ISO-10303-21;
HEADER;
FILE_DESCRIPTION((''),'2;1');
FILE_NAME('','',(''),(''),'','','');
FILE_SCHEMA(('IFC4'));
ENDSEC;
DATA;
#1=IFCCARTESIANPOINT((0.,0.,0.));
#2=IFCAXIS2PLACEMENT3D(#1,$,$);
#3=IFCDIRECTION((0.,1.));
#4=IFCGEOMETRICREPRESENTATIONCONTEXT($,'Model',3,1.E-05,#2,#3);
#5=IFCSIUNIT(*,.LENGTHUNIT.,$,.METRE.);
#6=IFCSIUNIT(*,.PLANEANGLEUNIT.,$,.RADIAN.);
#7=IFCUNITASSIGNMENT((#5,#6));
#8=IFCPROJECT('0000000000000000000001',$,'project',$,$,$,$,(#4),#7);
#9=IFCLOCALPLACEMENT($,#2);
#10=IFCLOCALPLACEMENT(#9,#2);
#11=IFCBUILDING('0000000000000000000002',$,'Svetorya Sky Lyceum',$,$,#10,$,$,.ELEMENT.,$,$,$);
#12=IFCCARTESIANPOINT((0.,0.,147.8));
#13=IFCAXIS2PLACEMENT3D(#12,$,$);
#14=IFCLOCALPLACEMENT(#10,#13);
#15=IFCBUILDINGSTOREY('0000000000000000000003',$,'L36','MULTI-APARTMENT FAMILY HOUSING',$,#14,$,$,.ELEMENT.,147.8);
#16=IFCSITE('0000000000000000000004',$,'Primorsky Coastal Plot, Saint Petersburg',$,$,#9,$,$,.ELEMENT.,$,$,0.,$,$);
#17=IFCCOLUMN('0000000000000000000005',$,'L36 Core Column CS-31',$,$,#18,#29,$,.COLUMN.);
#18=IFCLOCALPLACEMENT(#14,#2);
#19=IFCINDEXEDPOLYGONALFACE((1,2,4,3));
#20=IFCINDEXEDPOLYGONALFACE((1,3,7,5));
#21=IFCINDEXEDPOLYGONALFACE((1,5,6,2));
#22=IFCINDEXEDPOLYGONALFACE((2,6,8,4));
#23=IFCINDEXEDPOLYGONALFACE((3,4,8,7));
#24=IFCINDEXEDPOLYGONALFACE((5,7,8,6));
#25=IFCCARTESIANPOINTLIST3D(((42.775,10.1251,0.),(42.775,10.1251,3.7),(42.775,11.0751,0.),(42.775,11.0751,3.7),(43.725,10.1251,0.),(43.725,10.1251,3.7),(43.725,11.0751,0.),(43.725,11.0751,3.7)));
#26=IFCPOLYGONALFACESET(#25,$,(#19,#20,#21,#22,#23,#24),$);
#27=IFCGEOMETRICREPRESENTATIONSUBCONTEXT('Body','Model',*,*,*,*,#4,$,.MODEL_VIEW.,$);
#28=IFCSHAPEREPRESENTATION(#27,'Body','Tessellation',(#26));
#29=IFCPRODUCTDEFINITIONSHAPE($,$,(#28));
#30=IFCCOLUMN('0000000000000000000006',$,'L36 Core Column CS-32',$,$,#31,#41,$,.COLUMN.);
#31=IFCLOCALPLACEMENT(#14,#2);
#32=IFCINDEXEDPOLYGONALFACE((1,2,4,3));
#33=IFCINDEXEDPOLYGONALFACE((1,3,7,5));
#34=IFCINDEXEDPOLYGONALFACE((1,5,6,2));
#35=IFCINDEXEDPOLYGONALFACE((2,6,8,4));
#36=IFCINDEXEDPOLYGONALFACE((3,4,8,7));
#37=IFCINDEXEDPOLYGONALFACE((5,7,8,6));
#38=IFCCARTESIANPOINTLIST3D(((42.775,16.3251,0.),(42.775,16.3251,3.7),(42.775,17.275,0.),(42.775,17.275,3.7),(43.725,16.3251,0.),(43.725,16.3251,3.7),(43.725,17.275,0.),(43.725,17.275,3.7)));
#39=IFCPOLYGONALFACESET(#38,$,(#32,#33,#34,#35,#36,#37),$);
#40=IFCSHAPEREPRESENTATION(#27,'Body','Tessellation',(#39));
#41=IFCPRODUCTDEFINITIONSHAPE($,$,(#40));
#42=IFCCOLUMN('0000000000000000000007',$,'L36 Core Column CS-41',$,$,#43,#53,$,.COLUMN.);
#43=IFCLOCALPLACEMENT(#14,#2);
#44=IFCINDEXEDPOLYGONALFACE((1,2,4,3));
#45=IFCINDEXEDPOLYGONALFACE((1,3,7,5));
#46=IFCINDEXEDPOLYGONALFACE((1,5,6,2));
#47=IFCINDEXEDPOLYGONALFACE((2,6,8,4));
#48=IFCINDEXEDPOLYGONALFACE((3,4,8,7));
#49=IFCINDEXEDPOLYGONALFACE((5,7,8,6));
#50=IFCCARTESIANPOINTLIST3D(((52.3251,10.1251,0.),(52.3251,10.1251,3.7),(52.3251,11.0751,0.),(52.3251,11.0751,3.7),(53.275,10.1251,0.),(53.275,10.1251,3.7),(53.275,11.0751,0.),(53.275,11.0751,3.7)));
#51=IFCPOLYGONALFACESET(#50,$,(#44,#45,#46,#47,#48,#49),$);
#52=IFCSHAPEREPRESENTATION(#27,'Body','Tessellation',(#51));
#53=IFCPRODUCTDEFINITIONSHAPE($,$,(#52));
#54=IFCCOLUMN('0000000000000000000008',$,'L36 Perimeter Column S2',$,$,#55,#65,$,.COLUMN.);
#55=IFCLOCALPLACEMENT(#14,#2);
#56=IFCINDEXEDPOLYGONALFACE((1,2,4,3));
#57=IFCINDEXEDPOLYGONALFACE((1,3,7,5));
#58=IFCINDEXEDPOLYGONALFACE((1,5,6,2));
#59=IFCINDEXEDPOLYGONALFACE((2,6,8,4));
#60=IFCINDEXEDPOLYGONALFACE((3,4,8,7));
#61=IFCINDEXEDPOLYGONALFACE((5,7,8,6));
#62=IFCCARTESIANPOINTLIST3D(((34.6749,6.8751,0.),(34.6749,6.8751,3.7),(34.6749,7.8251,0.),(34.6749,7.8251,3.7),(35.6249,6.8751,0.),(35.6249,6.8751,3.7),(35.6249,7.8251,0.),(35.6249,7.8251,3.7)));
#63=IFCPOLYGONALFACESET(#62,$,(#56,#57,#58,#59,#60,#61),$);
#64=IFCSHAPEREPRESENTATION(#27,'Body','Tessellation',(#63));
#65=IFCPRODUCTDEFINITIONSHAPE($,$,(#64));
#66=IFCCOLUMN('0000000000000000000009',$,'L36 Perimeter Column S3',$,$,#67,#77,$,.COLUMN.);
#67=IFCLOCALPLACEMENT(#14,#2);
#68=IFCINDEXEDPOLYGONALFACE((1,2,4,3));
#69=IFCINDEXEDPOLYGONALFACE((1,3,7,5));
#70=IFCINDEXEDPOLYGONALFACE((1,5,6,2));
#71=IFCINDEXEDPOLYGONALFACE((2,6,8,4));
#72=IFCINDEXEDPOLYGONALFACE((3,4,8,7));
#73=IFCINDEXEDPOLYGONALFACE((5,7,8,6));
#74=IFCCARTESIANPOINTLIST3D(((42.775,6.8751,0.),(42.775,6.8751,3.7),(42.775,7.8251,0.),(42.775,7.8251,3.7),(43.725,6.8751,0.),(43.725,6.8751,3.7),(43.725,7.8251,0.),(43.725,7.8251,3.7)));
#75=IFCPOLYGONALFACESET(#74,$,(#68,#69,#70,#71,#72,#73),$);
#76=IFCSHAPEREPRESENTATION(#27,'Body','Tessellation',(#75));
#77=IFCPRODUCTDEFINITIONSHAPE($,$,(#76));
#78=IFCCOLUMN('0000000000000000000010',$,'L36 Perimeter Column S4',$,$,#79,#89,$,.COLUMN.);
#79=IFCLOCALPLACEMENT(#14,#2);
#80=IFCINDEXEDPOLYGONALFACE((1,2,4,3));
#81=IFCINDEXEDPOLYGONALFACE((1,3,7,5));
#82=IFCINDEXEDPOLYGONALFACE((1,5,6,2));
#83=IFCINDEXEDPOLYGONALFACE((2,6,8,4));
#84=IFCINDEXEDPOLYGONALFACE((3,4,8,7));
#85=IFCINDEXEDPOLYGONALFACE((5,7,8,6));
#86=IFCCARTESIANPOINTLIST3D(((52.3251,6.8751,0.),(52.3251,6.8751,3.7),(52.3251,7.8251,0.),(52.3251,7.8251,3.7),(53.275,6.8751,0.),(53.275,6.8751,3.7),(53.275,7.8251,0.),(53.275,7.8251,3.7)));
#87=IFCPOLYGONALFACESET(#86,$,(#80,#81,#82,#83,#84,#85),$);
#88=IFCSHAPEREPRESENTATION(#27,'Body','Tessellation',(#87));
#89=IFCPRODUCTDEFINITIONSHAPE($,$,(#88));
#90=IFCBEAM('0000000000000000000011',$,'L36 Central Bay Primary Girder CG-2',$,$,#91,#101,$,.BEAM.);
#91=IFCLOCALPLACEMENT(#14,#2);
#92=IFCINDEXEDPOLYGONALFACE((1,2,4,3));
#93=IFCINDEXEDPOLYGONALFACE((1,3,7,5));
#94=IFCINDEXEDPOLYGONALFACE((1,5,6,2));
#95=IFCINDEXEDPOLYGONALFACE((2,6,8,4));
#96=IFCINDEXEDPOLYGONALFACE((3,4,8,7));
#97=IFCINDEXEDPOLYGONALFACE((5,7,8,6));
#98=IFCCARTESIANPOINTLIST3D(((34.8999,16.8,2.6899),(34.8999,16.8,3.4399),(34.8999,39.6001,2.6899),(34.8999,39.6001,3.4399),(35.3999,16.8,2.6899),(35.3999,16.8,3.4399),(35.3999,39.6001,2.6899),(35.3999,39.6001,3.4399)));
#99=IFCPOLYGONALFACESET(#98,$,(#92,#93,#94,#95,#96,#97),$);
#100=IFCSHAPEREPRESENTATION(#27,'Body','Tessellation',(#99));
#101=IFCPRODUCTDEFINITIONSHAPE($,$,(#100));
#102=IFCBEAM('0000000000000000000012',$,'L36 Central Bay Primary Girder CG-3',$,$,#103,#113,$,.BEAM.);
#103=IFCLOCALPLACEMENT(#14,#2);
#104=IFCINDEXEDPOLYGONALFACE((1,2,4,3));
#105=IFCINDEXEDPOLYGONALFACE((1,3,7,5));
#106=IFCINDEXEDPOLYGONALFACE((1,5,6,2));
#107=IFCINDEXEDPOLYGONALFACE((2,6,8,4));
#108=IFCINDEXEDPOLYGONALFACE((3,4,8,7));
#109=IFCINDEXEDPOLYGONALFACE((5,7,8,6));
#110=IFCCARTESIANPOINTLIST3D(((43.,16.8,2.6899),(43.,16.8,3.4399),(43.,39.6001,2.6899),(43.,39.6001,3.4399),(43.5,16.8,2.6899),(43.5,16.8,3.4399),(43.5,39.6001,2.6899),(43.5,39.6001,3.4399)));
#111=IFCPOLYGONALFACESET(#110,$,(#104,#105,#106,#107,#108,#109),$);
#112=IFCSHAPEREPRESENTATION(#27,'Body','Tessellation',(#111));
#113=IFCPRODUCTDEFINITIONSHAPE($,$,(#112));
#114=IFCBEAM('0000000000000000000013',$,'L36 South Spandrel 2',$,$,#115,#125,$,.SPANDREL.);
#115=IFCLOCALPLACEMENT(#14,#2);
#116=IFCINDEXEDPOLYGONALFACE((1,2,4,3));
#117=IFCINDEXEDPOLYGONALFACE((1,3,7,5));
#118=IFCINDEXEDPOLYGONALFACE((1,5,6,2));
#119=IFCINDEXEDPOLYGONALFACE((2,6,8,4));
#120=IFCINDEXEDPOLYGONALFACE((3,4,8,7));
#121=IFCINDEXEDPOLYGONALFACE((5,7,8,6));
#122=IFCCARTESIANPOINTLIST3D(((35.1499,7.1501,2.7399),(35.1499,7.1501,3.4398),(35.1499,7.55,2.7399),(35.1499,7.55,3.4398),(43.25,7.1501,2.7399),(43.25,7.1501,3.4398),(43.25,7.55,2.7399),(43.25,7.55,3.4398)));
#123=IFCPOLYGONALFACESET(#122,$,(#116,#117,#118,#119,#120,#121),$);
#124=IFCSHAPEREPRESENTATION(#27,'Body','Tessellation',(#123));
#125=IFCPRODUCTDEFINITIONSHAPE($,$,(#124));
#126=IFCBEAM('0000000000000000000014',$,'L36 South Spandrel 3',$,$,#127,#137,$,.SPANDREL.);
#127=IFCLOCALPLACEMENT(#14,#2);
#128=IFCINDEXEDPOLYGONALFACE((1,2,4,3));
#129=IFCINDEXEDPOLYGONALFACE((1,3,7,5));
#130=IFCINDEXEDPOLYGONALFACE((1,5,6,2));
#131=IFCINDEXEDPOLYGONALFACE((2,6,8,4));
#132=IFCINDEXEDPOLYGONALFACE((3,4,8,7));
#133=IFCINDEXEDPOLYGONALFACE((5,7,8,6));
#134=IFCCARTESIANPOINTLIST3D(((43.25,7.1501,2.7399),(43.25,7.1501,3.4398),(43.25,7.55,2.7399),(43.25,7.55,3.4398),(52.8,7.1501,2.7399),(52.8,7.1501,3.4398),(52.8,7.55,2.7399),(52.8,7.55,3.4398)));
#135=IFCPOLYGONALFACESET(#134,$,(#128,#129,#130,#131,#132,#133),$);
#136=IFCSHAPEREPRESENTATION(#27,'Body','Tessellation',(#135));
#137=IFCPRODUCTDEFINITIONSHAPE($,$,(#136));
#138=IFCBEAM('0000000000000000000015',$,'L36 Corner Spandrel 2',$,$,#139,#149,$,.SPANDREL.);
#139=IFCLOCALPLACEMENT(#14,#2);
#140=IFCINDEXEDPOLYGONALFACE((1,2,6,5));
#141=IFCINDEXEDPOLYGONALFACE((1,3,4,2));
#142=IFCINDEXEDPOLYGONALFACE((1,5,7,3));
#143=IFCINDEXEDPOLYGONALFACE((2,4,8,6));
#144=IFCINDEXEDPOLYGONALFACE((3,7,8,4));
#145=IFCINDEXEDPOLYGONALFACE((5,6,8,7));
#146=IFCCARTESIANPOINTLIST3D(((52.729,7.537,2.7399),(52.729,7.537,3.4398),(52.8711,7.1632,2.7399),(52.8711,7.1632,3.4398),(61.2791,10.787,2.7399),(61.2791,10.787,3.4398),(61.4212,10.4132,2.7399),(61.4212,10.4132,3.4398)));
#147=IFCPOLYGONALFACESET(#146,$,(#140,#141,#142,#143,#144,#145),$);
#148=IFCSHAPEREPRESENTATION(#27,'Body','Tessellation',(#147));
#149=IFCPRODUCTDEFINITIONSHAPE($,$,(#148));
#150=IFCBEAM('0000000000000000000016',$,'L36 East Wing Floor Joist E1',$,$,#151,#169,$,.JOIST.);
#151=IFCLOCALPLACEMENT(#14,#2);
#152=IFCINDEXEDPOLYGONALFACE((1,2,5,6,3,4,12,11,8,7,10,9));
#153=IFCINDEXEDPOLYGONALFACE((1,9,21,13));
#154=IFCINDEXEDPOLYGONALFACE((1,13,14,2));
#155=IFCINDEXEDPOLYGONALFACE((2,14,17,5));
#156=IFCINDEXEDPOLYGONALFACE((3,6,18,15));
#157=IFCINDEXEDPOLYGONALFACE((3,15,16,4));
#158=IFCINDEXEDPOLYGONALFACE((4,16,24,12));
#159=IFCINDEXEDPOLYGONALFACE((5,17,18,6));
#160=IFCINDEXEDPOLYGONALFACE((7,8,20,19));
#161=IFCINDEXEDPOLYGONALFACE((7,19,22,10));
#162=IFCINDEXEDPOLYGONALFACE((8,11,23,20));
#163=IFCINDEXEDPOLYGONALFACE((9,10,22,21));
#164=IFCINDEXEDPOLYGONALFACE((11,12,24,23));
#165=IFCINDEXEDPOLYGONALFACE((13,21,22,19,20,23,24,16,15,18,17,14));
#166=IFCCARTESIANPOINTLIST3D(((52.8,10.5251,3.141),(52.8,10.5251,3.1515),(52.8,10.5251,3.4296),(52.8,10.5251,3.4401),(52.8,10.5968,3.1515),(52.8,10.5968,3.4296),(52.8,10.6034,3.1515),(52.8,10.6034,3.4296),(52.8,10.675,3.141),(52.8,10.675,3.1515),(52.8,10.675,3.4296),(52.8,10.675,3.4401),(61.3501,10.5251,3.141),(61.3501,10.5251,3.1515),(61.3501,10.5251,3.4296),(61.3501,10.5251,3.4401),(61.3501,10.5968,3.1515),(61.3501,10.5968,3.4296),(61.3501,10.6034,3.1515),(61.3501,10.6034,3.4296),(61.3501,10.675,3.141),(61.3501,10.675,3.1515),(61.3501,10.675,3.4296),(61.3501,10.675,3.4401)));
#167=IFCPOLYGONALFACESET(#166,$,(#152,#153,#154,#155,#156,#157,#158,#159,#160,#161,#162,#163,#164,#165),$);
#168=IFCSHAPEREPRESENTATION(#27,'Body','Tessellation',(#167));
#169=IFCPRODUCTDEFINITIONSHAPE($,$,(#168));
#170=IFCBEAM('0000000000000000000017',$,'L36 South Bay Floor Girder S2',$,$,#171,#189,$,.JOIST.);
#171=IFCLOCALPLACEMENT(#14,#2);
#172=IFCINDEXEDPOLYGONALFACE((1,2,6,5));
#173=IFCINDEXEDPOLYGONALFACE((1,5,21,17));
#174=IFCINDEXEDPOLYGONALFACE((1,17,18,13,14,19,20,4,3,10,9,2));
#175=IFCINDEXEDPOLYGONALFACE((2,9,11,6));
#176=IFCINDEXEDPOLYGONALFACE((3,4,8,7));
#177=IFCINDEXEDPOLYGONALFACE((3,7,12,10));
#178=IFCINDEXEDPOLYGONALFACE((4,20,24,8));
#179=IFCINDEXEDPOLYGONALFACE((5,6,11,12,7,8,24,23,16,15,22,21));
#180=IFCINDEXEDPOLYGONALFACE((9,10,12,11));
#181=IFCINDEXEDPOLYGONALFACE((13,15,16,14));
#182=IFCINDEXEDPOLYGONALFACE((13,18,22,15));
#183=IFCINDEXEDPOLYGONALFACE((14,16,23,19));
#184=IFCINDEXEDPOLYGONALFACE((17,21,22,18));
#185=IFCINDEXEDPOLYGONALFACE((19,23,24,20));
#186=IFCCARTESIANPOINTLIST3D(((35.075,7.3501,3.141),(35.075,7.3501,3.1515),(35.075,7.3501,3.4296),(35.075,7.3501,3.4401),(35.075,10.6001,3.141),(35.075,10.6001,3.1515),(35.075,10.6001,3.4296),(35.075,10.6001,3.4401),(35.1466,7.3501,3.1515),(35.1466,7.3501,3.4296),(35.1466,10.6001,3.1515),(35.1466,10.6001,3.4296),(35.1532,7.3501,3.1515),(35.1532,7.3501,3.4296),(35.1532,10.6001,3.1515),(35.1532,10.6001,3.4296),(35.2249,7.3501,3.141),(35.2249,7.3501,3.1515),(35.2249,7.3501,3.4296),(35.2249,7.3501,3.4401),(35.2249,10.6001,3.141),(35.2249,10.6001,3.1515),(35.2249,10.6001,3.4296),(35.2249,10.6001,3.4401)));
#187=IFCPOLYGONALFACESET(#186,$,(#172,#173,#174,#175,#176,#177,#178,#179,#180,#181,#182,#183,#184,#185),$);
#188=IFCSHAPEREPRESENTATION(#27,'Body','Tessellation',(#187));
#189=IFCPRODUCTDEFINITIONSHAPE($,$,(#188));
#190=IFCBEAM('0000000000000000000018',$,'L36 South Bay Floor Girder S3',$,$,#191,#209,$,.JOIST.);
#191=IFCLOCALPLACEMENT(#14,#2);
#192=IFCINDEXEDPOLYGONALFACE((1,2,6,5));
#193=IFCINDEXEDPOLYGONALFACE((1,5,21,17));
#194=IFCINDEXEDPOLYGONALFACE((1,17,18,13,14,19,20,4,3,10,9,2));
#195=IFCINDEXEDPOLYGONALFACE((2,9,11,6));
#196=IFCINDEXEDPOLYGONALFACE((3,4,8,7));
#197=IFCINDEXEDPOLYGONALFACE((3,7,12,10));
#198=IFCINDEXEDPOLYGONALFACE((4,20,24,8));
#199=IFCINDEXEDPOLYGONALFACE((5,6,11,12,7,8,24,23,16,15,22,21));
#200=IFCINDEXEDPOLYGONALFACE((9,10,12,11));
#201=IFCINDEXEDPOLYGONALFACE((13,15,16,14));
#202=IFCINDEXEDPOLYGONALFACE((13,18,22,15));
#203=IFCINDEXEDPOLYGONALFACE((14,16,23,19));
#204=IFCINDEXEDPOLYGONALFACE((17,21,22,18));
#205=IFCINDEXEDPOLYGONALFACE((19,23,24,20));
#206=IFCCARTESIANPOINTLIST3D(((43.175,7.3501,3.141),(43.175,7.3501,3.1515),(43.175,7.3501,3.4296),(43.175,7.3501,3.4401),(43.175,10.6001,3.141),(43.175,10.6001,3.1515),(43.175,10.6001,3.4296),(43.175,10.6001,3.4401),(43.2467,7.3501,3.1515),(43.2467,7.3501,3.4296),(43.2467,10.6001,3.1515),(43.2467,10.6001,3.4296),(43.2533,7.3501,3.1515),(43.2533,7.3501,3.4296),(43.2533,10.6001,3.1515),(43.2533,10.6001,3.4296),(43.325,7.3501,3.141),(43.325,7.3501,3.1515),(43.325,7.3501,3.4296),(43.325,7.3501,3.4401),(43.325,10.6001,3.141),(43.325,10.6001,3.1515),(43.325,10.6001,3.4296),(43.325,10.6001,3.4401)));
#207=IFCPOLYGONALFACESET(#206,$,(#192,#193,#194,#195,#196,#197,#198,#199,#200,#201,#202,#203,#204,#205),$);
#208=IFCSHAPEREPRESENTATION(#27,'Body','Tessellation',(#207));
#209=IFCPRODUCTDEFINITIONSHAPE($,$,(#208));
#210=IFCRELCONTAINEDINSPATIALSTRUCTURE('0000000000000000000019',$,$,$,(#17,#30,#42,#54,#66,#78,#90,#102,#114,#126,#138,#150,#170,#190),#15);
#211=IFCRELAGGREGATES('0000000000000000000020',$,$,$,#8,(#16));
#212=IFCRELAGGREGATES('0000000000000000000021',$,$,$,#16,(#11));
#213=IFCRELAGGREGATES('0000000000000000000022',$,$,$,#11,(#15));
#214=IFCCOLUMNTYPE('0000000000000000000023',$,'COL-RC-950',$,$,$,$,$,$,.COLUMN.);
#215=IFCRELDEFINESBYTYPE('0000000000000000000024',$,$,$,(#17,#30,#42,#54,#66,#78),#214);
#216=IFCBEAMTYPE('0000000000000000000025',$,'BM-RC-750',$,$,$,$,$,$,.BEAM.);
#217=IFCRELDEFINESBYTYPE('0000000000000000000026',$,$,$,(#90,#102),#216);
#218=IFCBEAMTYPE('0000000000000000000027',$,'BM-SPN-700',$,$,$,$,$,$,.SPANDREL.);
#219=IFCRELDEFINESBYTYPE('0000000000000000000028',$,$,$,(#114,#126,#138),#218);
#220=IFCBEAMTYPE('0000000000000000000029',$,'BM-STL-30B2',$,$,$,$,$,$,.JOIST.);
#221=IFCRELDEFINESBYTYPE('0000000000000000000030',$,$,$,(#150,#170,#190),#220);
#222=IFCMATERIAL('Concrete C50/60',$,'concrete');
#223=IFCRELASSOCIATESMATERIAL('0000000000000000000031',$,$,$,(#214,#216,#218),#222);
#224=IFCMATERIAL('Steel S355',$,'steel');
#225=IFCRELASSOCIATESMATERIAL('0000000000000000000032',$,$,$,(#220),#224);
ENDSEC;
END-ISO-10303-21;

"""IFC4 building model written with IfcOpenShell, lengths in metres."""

from ifc_helpers import new_model, si_unit, direction, frame, origin, origin_2d, place, context, subcontext, project, spatial, rectangle, i_section, extrude, material, material_profile, profile_set, type_object, element, save


model = new_model("IFC4")

# Units and contexts
model_context = context("Model", 3, precision=1e-05, world=origin(), true_north=direction((0.0, 1.0)))
body_context = subcontext(model_context, "Body", "Model", "MODEL_VIEW")
ifc_project = project(units=[si_unit("LENGTHUNIT", "METRE"), si_unit("PLANEANGLEUNIT", "RADIAN")], contexts=[model_context])

# Site, building, storey
site_placement = place(None, origin())
site = spatial("IfcSite", under=ifc_project, at=site_placement, Name="Primorsky Coastal Plot, Saint Petersburg", CompositionType="ELEMENT", RefElevation=0.0)
building_placement = place(site_placement, origin())
building = spatial("IfcBuilding", under=site, at=building_placement, Name="Svetorya Sky Lyceum", CompositionType="ELEMENT")
storey_placement = place(building_placement, frame((0.0, 0.0, 147.8)))
storey = spatial("IfcBuildingStorey", under=building, at=storey_placement, Name="L36", Description="MULTI-APARTMENT FAMILY HOUSING", CompositionType="ELEMENT", Elevation=147.8)

# Columns
ifc_material_1 = material(Name="Concrete C50/60", Category="concrete")
ifc_material_profile_1 = material_profile(ifc_material_1, rectangle(XDim=0.95, YDim=0.95, at=origin_2d()), Name="RC COL 950x950")
ifc_profile_set_1 = profile_set([ifc_material_profile_1], Name="Concrete C50/60")
column_type = type_object("IfcColumnType", Name="COL-RC-950", PredefinedType="COLUMN", material=ifc_profile_set_1)
for number, where, z_axis, x_axis, name in (
    (1, (43.25, 10.6001, 0.0), (0.0, 0.0, 1.0), (1.0, 0.0, 0.0), "L36 Core Column CS-31"),
    (2, (43.25, 16.8, 0.0), (0.0, 0.0, 1.0), (1.0, 0.0, 0.0), "L36 Core Column CS-32"),
    (3, (52.8, 10.6001, 0.0), (0.0, 0.0, 1.0), (1.0, 0.0, 0.0), "L36 Core Column CS-41"),
    (4, (35.1499, 7.3501, 0.0), (0.0, 0.0, 1.0), (1.0, 0.0, 0.0), "L36 Perimeter Column S2"),
    (5, (43.25, 7.3501, 0.0), (0.0, 0.0, 1.0), (1.0, 0.0, 0.0), "L36 Perimeter Column S3"),
    (6, (52.8, 7.3501, 0.0), (0.0, 0.0, 1.0), (1.0, 0.0, 0.0), "L36 Perimeter Column S4"),
):
    element("IfcColumn", number, at=place(storey_placement, frame(where, z_axis=z_axis, x_axis=x_axis)), inside=storey, type_object=column_type, Name=name, PredefinedType="COLUMN", context=body_context, shape_type="SweptSolid", body=[
        extrude(rectangle(XDim=0.95, YDim=0.95, at=origin_2d()), origin(), (0.0, 0.0, 1.0), 3.7),
    ])

# Beams
ifc_material_profile_2 = material_profile(ifc_material_1, rectangle(XDim=0.5, YDim=0.75, at=origin_2d()), Name="RC BEAM 500x750")
ifc_profile_set_2 = profile_set([ifc_material_profile_2], Name="Concrete C50/60")
beam_type_1 = type_object("IfcBeamType", Name="BM-RC-750", PredefinedType="BEAM", material=ifc_profile_set_2)
for number, where, z_axis, x_axis, name in (
    (7, (35.1499, 16.8, 3.0649), (0.0, 1.0, 0.0), (-1.0, 0.0, 0.0), "L36 Central Bay Primary Girder CG-2"),
    (8, (43.25, 16.8, 3.0649), (0.0, 1.0, 0.0), (-1.0, 0.0, 0.0), "L36 Central Bay Primary Girder CG-3"),
):
    element("IfcBeam", number, at=place(storey_placement, frame(where, z_axis=z_axis, x_axis=x_axis)), inside=storey, type_object=beam_type_1, Name=name, PredefinedType="BEAM", context=body_context, shape_type="SweptSolid", body=[
        extrude(rectangle(XDim=0.5, YDim=0.75, at=origin_2d()), origin(), (0.0, 0.0, 1.0), 22.8),
    ])
ifc_material_profile_3 = material_profile(ifc_material_1, rectangle(XDim=0.3999, YDim=0.7, at=origin_2d()), Name="RC SPANDREL 400x700")
ifc_profile_set_3 = profile_set([ifc_material_profile_3], Name="Concrete C50/60")
beam_type_2 = type_object("IfcBeamType", Name="BM-SPN-700", PredefinedType="SPANDREL", material=ifc_profile_set_3)
beam_1_placement = place(storey_placement, frame((35.1499, 7.3501, 3.0898), z_axis=(1.0, 0.0, 0.0), x_axis=(0.0, 1.0, 0.0)))
element("IfcBeam", 9, at=beam_1_placement, inside=storey, type_object=beam_type_2, Name="L36 South Spandrel 2", PredefinedType="SPANDREL", context=body_context, shape_type="SweptSolid", body=[
    extrude(rectangle(XDim=0.3999, YDim=0.7, at=origin_2d()), origin(), (0.0, 0.0, 1.0), 8.1001),
])
beam_2_placement = place(storey_placement, frame((43.25, 7.3501, 3.0898), z_axis=(1.0, 0.0, 0.0), x_axis=(0.0, 1.0, 0.0)))
element("IfcBeam", 10, at=beam_2_placement, inside=storey, type_object=beam_type_2, Name="L36 South Spandrel 3", PredefinedType="SPANDREL", context=body_context, shape_type="SweptSolid", body=[
    extrude(rectangle(XDim=0.3999, YDim=0.7, at=origin_2d()), origin(), (0.0, 0.0, 1.0), 9.55),
])
beam_3_placement = place(storey_placement, frame((52.8, 7.3501, 3.0898), z_axis=(0.934748, 0.355312, 0.0), x_axis=(-0.355312, 0.934748, 0.0)))
element("IfcBeam", 11, at=beam_3_placement, inside=storey, type_object=beam_type_2, Name="L36 Corner Spandrel 2", PredefinedType="SPANDREL", context=body_context, shape_type="SweptSolid", body=[
    extrude(rectangle(XDim=0.3999, YDim=0.7, at=origin_2d()), origin(), (0.0, 0.0, 1.0), 9.147),
])
ifc_material_2 = material(Name="Steel S355", Category="steel")
ifc_material_profile_4 = material_profile(ifc_material_2, i_section(OverallWidth=0.1499, OverallDepth=0.2991, WebThickness=0.0066, FlangeThickness=0.0105, at=origin_2d()), Name="GOST 30B2")
ifc_profile_set_4 = profile_set([ifc_material_profile_4], Name="Steel S355")
beam_type_3 = type_object("IfcBeamType", Name="BM-STL-30B2", PredefinedType="JOIST", material=ifc_profile_set_4)
beam_4_placement = place(storey_placement, frame((52.8, 10.6001, 3.2905), z_axis=(1.0, 0.0, 0.0), x_axis=(0.0, 1.0, 0.0)))
element("IfcBeam", 12, at=beam_4_placement, inside=storey, type_object=beam_type_3, Name="L36 East Wing Floor Joist E1", PredefinedType="JOIST", context=body_context, shape_type="SweptSolid", body=[
    extrude(i_section(OverallWidth=0.1499, OverallDepth=0.2991, WebThickness=0.0066, FlangeThickness=0.0105, at=origin_2d()), origin(), (0.0, 0.0, 1.0), 8.55),
])
for number, where, z_axis, x_axis, name in (
    (13, (35.1499, 7.3501, 3.2905), (0.0, 1.0, 0.0), (-1.0, 0.0, 0.0), "L36 South Bay Floor Girder S2"),
    (14, (43.25, 7.3501, 3.2905), (0.0, 1.0, 0.0), (-1.0, 0.0, 0.0), "L36 South Bay Floor Girder S3"),
):
    element("IfcBeam", number, at=place(storey_placement, frame(where, z_axis=z_axis, x_axis=x_axis)), inside=storey, type_object=beam_type_3, Name=name, PredefinedType="JOIST", context=body_context, shape_type="SweptSolid", body=[
        extrude(i_section(OverallWidth=0.1499, OverallDepth=0.2991, WebThickness=0.0066, FlangeThickness=0.0105, at=origin_2d()), origin(), (0.0, 0.0, 1.0), 3.25),
    ])

save(model, "model.ifc")
